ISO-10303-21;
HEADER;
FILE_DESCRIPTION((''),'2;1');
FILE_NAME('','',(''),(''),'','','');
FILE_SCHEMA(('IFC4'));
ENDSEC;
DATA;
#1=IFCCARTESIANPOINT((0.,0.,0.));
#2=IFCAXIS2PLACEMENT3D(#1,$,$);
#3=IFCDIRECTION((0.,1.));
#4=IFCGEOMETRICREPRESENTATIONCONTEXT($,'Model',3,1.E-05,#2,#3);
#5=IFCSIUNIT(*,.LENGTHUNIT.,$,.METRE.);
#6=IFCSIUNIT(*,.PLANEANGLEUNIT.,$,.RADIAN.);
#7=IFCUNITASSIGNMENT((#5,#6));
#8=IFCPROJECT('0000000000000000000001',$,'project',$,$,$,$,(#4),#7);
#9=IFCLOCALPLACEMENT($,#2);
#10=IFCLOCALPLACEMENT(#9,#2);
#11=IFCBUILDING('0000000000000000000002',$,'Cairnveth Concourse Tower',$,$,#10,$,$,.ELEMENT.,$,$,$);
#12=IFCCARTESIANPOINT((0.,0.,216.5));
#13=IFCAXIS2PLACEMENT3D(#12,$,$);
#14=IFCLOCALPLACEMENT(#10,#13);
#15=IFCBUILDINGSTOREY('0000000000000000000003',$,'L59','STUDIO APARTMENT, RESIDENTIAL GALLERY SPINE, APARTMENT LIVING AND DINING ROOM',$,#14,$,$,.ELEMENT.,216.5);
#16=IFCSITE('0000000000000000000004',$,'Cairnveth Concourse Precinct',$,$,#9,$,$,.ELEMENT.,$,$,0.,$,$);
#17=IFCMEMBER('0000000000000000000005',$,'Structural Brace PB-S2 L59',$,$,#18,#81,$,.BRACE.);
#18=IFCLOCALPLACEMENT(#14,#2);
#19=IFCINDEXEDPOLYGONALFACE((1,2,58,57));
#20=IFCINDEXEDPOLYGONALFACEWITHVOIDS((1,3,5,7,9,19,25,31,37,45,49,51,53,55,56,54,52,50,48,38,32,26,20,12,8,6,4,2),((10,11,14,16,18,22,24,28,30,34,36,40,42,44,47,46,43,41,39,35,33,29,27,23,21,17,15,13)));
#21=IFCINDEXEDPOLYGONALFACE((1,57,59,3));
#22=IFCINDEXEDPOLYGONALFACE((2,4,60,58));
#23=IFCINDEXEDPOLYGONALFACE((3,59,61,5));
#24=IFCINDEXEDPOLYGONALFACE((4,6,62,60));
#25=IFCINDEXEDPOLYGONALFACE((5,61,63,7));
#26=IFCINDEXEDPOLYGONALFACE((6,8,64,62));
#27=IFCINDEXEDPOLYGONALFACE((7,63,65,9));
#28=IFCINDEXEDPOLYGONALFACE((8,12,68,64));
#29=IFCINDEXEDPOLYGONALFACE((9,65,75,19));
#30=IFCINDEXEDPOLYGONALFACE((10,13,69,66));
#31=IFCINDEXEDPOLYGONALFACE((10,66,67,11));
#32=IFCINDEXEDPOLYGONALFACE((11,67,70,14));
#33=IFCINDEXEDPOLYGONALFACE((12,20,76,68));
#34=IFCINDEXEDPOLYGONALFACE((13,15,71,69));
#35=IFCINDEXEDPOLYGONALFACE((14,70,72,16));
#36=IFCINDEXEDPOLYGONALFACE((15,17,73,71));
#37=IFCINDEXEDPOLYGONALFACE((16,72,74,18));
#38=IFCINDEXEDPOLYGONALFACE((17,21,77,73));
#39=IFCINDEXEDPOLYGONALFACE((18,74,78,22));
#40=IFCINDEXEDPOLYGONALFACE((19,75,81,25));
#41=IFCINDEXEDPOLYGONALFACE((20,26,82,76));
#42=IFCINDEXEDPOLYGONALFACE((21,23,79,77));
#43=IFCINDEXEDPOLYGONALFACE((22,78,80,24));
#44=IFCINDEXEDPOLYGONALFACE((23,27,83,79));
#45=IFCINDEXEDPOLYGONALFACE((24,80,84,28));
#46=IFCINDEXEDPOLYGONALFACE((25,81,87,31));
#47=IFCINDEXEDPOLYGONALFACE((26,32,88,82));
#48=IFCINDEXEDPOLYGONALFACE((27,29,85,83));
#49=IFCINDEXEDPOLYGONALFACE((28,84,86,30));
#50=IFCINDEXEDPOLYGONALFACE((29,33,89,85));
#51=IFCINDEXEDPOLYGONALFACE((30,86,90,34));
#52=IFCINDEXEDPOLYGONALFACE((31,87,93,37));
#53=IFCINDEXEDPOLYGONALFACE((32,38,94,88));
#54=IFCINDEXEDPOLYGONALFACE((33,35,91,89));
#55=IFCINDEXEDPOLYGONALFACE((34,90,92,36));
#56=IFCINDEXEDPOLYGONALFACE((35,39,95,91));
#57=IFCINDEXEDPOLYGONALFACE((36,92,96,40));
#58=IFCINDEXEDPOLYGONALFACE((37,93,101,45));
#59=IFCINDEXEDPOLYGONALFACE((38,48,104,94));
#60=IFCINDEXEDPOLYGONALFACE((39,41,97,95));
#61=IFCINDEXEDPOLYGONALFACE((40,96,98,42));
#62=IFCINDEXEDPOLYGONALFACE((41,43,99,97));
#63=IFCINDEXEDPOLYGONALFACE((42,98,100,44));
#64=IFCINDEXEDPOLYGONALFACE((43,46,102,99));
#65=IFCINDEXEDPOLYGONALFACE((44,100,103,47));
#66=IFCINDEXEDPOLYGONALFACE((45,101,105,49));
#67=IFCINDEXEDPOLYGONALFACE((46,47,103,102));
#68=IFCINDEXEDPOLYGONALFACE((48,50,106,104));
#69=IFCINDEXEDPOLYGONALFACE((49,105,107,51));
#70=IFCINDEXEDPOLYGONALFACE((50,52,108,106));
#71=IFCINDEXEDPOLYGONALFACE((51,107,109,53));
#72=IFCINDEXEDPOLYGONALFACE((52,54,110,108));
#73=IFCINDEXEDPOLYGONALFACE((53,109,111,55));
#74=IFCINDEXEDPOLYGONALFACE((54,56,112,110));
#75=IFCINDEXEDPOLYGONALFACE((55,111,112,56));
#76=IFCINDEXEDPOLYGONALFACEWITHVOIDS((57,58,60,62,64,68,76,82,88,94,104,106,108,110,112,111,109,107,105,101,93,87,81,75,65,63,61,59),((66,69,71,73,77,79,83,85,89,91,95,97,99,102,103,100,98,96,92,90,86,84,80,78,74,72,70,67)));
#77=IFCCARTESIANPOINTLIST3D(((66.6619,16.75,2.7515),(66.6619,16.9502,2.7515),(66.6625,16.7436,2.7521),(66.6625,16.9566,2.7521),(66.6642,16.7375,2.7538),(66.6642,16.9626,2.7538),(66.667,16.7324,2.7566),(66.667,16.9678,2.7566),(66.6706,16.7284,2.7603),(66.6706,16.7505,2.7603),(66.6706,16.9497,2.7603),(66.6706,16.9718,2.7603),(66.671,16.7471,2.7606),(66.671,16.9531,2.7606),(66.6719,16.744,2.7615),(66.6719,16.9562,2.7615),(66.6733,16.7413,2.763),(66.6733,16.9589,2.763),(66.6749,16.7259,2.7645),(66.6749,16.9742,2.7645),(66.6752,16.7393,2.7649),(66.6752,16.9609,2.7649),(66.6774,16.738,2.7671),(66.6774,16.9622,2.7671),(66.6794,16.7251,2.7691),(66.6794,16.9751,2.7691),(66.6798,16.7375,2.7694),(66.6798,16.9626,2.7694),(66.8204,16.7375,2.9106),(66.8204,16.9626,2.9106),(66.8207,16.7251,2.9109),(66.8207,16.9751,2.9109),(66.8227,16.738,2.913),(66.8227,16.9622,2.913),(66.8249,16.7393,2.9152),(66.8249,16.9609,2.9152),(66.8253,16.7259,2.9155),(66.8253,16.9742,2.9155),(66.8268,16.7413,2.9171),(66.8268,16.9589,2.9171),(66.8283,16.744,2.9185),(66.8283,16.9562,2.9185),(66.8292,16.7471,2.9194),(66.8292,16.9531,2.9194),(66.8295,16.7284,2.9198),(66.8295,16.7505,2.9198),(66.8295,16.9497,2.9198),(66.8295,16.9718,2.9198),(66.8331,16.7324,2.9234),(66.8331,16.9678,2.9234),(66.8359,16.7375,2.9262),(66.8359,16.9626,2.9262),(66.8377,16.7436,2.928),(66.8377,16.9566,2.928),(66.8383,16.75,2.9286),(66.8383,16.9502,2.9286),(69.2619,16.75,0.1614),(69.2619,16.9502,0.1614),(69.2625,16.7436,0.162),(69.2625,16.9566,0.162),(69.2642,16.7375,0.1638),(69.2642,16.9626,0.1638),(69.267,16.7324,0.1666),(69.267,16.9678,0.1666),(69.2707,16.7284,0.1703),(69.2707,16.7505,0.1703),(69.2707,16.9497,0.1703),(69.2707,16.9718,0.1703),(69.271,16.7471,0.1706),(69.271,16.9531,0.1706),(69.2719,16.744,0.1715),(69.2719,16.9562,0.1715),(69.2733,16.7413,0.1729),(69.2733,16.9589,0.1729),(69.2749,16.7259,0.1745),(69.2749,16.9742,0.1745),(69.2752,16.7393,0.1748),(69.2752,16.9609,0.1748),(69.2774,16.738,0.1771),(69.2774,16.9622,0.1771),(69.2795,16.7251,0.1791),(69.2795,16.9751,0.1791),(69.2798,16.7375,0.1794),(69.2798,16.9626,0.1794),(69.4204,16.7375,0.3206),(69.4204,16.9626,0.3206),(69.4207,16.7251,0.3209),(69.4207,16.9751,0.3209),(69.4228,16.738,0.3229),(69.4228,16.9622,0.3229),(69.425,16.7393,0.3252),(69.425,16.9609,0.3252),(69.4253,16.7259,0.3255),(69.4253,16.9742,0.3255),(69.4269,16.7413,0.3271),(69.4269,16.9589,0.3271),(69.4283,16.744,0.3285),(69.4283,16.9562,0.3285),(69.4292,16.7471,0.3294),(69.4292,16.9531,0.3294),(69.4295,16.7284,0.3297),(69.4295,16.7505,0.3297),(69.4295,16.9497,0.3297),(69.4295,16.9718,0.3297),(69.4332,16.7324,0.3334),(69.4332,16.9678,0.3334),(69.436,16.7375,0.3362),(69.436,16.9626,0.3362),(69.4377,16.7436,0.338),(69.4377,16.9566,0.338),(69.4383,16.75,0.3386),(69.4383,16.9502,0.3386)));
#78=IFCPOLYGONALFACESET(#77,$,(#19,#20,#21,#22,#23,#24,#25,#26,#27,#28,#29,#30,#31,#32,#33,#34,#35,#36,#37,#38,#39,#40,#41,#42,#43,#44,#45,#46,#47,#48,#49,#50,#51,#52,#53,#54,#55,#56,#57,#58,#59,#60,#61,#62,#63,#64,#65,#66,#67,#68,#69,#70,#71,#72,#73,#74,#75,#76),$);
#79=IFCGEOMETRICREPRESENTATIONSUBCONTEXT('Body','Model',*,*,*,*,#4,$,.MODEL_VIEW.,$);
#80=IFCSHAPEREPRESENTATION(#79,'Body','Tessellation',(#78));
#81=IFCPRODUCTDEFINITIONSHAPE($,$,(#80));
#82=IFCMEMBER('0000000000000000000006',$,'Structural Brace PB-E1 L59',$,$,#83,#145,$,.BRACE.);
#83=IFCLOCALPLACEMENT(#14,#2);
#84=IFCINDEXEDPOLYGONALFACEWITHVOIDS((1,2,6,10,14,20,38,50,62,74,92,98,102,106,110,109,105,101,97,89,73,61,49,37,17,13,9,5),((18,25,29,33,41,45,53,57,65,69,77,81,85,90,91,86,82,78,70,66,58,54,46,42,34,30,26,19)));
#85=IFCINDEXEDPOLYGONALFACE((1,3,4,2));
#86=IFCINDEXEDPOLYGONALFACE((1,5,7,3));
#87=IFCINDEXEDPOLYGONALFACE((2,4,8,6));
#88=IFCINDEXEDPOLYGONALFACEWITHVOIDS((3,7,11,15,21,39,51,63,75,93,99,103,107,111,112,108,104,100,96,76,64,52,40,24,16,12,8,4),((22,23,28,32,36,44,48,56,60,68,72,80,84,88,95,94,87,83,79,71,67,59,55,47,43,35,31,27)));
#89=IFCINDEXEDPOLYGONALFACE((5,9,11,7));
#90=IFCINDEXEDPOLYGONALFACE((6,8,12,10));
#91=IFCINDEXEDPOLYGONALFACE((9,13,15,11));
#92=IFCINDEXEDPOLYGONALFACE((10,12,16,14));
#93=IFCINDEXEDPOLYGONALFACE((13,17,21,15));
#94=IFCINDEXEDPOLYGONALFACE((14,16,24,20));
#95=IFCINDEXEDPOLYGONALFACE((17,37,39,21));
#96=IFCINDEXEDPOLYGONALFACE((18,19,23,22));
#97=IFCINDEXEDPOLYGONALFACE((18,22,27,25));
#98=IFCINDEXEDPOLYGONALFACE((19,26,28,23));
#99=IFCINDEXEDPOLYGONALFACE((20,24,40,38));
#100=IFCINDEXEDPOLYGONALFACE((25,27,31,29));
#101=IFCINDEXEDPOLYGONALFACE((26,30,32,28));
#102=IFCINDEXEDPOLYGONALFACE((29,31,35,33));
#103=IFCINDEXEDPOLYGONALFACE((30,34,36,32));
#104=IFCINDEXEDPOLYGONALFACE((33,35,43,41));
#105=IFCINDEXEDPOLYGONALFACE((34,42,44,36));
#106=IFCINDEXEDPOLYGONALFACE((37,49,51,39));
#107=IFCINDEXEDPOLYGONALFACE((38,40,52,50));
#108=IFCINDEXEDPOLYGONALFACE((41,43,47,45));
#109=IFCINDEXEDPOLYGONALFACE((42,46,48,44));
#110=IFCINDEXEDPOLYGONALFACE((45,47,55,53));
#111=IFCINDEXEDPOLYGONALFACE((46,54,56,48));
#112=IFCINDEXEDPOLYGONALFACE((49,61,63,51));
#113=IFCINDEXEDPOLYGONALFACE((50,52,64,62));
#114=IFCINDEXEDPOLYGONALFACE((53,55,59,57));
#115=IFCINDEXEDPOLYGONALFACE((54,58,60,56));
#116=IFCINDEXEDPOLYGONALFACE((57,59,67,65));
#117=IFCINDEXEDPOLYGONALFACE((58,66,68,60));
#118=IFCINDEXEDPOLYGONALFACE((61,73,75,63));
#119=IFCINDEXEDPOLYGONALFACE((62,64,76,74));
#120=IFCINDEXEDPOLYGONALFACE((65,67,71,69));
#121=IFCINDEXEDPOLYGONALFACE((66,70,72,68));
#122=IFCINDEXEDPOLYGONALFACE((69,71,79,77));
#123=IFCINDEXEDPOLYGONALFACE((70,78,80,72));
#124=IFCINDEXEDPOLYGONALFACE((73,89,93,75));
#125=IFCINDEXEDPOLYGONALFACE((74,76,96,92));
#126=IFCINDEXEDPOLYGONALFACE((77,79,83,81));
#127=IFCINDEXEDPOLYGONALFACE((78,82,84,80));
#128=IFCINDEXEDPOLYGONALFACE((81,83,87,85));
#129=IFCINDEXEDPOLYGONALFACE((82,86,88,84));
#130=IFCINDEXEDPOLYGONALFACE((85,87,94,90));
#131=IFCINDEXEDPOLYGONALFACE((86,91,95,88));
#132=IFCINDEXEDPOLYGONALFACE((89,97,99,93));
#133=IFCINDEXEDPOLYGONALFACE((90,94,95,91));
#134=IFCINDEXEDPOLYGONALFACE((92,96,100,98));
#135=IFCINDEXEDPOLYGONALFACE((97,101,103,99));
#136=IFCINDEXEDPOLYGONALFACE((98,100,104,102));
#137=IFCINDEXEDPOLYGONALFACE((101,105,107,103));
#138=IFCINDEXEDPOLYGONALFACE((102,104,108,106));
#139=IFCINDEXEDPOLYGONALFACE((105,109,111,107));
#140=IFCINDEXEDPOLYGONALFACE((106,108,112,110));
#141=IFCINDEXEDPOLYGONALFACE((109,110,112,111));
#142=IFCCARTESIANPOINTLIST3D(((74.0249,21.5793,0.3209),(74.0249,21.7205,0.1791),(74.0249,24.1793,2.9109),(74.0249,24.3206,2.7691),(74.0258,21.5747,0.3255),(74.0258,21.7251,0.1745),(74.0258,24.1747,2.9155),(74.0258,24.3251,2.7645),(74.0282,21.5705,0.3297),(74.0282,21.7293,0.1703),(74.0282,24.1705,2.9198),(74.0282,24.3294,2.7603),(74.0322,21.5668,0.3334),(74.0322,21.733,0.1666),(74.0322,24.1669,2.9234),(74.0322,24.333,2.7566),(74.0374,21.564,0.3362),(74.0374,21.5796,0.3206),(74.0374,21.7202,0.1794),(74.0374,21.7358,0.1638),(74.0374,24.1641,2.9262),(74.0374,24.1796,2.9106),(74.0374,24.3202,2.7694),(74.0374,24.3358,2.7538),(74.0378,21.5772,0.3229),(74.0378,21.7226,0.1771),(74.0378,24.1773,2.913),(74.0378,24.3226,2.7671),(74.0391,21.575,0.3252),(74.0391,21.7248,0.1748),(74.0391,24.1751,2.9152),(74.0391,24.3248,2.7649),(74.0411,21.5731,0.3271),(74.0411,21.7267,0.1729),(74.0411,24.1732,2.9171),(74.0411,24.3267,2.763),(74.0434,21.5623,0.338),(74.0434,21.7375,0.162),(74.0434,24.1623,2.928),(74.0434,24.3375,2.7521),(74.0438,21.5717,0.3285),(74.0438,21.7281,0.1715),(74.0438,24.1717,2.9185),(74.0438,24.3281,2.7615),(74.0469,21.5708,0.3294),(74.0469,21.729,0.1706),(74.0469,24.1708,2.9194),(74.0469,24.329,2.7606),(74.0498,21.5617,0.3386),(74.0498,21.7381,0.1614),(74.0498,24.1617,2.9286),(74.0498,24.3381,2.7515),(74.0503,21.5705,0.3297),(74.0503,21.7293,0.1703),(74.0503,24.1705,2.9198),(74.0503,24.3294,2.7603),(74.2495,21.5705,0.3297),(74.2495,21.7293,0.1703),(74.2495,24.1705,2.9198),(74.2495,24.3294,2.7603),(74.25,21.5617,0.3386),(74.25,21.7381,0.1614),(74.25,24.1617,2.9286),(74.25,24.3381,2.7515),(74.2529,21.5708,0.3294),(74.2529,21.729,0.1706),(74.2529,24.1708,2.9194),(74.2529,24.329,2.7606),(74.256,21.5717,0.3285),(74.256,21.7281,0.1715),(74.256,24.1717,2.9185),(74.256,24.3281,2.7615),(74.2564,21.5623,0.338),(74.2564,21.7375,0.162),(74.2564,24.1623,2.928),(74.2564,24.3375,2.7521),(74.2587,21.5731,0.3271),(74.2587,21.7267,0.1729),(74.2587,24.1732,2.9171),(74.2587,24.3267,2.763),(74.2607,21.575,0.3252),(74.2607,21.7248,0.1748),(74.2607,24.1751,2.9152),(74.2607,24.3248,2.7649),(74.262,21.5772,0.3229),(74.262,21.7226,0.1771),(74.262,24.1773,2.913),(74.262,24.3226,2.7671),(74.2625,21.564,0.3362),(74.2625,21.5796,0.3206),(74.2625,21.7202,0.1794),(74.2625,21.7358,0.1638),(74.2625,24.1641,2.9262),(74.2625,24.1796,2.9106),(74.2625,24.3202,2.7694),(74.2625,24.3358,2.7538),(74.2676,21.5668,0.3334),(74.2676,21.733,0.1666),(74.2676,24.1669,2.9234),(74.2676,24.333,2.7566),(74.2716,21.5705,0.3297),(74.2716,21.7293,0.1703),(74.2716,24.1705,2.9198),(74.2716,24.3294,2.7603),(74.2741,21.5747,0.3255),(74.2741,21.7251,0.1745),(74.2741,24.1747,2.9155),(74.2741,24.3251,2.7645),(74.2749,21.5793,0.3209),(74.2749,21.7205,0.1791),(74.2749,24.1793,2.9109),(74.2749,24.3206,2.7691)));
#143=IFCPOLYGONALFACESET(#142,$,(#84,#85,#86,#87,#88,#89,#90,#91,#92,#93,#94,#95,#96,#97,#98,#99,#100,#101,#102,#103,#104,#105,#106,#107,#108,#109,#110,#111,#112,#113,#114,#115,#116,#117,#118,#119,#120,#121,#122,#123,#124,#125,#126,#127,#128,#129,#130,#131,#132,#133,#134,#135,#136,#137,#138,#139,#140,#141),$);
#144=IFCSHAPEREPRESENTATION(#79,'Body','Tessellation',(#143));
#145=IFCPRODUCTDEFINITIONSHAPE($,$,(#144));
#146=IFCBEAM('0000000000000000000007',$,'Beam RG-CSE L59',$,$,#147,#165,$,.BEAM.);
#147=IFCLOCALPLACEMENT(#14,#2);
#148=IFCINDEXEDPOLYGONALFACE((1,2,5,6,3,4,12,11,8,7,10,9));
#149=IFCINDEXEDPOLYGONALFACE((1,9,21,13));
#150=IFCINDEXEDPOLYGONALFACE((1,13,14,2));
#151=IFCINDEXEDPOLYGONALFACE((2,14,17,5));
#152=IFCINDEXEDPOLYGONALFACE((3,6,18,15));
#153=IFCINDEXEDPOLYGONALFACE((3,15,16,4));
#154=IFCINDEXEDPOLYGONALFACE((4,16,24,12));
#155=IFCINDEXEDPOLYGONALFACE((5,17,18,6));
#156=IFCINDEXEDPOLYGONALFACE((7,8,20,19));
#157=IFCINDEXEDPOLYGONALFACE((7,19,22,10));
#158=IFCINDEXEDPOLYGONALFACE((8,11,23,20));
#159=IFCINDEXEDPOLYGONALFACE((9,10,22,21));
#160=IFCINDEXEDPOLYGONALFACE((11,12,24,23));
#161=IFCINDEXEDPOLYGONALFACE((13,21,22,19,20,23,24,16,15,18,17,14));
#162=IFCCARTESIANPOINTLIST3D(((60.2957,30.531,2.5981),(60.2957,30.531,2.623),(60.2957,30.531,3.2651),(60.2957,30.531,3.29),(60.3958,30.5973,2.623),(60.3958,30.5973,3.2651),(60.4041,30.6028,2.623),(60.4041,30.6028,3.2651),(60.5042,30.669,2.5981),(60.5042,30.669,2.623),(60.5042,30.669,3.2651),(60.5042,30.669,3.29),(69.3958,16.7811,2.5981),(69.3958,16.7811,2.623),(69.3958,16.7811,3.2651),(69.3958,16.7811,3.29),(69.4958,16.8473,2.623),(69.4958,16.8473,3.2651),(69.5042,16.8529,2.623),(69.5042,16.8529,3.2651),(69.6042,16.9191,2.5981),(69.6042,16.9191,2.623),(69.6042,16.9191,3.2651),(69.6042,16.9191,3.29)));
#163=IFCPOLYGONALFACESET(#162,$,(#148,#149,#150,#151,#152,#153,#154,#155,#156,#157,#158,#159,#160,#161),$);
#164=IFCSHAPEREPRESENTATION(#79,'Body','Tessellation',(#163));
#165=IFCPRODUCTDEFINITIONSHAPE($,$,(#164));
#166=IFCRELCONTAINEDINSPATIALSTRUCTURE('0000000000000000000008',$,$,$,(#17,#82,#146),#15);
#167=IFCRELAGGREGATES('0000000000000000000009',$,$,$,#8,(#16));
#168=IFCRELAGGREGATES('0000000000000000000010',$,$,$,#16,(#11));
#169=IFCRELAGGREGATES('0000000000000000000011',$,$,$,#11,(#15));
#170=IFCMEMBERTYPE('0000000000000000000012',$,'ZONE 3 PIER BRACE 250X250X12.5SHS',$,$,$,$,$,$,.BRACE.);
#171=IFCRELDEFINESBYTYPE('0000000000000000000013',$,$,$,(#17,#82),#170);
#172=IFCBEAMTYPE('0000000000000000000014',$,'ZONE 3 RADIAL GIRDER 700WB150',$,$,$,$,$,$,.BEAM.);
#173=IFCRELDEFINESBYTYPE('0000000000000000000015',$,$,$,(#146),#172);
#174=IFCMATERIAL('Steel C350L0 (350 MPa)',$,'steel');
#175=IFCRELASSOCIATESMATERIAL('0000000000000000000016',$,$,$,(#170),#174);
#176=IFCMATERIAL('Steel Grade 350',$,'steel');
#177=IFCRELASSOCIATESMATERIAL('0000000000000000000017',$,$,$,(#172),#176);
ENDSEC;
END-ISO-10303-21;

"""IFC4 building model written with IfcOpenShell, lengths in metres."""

from ifc_helpers import new_model, si_unit, direction, frame, origin, origin_2d, place, context, subcontext, project, spatial, hollow_rectangle, i_section, extrude, material, material_profile, profile_set, type_object, element, save


model = new_model("IFC4")

# Units and contexts
model_context = context("Model", 3, precision=1e-05, world=origin(), true_north=direction((0.0, 1.0)))
body_context = subcontext(model_context, "Body", "Model", "MODEL_VIEW")
ifc_project = project(units=[si_unit("LENGTHUNIT", "METRE"), si_unit("PLANEANGLEUNIT", "RADIAN")], contexts=[model_context])

# Site, building, storey
site_placement = place(None, origin())
site = spatial("IfcSite", under=ifc_project, at=site_placement, Name="Cairnveth Concourse Precinct", CompositionType="ELEMENT", RefElevation=0.0)
building_placement = place(site_placement, origin())
building = spatial("IfcBuilding", under=site, at=building_placement, Name="Cairnveth Concourse Tower", CompositionType="ELEMENT")
storey_placement = place(building_placement, frame((0.0, 0.0, 216.5)))
storey = spatial("IfcBuildingStorey", under=building, at=storey_placement, Name="L59", Description="STUDIO APARTMENT, RESIDENTIAL GALLERY SPINE, APARTMENT LIVING AND DINING ROOM", CompositionType="ELEMENT", Elevation=216.5)

# Shared definitions
ifc_material_1 = material(Name="Steel Grade 350", Category="steel")

# Members
ifc_material_2 = material(Name="Steel C350L0 (350 MPa)", Category="steel")
ifc_material_profile_1 = material_profile(ifc_material_2, hollow_rectangle(XDim=0.25, YDim=0.25, WallThickness=0.0125, InnerFilletRadius=0.0129, OuterFilletRadius=0.0249, at=origin_2d()), Name="250x250x12.5SHS")
ifc_profile_set_1 = profile_set([ifc_material_profile_1], Name="Steel C350L0 (350 MPa)")
member_type = type_object("IfcMemberType", Name="ZONE 3 PIER BRACE 250X250X12.5SHS", PredefinedType="BRACE", material=ifc_profile_set_1)
for number, where, z_axis, x_axis, name in (
    (1, (69.3501, 16.8501, 0.25), (-0.708469, 0.0, 0.705742), (0.0, -1.0, 0.0), "Structural Brace PB-S2 L59"),
    (2, (74.1499, 21.6499, 0.25), (0.0, 0.708469, 0.705742), (-1.0, 0.0, 0.0), "Structural Brace PB-E1 L59"),
):
    element("IfcMember", number, at=place(storey_placement, frame(where, z_axis=z_axis, x_axis=x_axis)), inside=storey, type_object=member_type, Name=name, PredefinedType="BRACE", context=body_context, shape_type="SweptSolid", body=[
        extrude(hollow_rectangle(XDim=0.25, YDim=0.25, WallThickness=0.0125, InnerFilletRadius=0.0129, OuterFilletRadius=0.0249, at=origin_2d()), origin(), (0.0, 0.0, 1.0), 3.6699),
    ])

# Beam
ifc_material_profile_2 = material_profile(ifc_material_1, i_section(OverallWidth=0.25, OverallDepth=0.6919, WebThickness=0.01, FlangeThickness=0.0249, at=origin_2d()), Name="700WB150")
ifc_profile_set_2 = profile_set([ifc_material_profile_2], Name="Steel Grade 350")
beam_type_1 = type_object("IfcBeamType", Name="ZONE 3 RADIAL GIRDER 700WB150", PredefinedType="BEAM", material=ifc_profile_set_2)
beam_1_placement = place(storey_placement, frame((69.5, 16.8501, 2.9441), z_axis=(-0.551902, 0.833909, 0.0), x_axis=(-0.833909, -0.551902, 0.0)))
element("IfcBeam", 3, at=beam_1_placement, inside=storey, type_object=beam_type_1, Name="Beam RG-CSE L59", PredefinedType="BEAM", context=body_context, shape_type="SweptSolid", body=[
    extrude(i_section(OverallWidth=0.25, OverallDepth=0.6919, WebThickness=0.01, FlangeThickness=0.0249, at=origin_2d()), origin(), (0.0, 0.0, 1.0), 16.4885),
])

save(model, "model.ifc")
